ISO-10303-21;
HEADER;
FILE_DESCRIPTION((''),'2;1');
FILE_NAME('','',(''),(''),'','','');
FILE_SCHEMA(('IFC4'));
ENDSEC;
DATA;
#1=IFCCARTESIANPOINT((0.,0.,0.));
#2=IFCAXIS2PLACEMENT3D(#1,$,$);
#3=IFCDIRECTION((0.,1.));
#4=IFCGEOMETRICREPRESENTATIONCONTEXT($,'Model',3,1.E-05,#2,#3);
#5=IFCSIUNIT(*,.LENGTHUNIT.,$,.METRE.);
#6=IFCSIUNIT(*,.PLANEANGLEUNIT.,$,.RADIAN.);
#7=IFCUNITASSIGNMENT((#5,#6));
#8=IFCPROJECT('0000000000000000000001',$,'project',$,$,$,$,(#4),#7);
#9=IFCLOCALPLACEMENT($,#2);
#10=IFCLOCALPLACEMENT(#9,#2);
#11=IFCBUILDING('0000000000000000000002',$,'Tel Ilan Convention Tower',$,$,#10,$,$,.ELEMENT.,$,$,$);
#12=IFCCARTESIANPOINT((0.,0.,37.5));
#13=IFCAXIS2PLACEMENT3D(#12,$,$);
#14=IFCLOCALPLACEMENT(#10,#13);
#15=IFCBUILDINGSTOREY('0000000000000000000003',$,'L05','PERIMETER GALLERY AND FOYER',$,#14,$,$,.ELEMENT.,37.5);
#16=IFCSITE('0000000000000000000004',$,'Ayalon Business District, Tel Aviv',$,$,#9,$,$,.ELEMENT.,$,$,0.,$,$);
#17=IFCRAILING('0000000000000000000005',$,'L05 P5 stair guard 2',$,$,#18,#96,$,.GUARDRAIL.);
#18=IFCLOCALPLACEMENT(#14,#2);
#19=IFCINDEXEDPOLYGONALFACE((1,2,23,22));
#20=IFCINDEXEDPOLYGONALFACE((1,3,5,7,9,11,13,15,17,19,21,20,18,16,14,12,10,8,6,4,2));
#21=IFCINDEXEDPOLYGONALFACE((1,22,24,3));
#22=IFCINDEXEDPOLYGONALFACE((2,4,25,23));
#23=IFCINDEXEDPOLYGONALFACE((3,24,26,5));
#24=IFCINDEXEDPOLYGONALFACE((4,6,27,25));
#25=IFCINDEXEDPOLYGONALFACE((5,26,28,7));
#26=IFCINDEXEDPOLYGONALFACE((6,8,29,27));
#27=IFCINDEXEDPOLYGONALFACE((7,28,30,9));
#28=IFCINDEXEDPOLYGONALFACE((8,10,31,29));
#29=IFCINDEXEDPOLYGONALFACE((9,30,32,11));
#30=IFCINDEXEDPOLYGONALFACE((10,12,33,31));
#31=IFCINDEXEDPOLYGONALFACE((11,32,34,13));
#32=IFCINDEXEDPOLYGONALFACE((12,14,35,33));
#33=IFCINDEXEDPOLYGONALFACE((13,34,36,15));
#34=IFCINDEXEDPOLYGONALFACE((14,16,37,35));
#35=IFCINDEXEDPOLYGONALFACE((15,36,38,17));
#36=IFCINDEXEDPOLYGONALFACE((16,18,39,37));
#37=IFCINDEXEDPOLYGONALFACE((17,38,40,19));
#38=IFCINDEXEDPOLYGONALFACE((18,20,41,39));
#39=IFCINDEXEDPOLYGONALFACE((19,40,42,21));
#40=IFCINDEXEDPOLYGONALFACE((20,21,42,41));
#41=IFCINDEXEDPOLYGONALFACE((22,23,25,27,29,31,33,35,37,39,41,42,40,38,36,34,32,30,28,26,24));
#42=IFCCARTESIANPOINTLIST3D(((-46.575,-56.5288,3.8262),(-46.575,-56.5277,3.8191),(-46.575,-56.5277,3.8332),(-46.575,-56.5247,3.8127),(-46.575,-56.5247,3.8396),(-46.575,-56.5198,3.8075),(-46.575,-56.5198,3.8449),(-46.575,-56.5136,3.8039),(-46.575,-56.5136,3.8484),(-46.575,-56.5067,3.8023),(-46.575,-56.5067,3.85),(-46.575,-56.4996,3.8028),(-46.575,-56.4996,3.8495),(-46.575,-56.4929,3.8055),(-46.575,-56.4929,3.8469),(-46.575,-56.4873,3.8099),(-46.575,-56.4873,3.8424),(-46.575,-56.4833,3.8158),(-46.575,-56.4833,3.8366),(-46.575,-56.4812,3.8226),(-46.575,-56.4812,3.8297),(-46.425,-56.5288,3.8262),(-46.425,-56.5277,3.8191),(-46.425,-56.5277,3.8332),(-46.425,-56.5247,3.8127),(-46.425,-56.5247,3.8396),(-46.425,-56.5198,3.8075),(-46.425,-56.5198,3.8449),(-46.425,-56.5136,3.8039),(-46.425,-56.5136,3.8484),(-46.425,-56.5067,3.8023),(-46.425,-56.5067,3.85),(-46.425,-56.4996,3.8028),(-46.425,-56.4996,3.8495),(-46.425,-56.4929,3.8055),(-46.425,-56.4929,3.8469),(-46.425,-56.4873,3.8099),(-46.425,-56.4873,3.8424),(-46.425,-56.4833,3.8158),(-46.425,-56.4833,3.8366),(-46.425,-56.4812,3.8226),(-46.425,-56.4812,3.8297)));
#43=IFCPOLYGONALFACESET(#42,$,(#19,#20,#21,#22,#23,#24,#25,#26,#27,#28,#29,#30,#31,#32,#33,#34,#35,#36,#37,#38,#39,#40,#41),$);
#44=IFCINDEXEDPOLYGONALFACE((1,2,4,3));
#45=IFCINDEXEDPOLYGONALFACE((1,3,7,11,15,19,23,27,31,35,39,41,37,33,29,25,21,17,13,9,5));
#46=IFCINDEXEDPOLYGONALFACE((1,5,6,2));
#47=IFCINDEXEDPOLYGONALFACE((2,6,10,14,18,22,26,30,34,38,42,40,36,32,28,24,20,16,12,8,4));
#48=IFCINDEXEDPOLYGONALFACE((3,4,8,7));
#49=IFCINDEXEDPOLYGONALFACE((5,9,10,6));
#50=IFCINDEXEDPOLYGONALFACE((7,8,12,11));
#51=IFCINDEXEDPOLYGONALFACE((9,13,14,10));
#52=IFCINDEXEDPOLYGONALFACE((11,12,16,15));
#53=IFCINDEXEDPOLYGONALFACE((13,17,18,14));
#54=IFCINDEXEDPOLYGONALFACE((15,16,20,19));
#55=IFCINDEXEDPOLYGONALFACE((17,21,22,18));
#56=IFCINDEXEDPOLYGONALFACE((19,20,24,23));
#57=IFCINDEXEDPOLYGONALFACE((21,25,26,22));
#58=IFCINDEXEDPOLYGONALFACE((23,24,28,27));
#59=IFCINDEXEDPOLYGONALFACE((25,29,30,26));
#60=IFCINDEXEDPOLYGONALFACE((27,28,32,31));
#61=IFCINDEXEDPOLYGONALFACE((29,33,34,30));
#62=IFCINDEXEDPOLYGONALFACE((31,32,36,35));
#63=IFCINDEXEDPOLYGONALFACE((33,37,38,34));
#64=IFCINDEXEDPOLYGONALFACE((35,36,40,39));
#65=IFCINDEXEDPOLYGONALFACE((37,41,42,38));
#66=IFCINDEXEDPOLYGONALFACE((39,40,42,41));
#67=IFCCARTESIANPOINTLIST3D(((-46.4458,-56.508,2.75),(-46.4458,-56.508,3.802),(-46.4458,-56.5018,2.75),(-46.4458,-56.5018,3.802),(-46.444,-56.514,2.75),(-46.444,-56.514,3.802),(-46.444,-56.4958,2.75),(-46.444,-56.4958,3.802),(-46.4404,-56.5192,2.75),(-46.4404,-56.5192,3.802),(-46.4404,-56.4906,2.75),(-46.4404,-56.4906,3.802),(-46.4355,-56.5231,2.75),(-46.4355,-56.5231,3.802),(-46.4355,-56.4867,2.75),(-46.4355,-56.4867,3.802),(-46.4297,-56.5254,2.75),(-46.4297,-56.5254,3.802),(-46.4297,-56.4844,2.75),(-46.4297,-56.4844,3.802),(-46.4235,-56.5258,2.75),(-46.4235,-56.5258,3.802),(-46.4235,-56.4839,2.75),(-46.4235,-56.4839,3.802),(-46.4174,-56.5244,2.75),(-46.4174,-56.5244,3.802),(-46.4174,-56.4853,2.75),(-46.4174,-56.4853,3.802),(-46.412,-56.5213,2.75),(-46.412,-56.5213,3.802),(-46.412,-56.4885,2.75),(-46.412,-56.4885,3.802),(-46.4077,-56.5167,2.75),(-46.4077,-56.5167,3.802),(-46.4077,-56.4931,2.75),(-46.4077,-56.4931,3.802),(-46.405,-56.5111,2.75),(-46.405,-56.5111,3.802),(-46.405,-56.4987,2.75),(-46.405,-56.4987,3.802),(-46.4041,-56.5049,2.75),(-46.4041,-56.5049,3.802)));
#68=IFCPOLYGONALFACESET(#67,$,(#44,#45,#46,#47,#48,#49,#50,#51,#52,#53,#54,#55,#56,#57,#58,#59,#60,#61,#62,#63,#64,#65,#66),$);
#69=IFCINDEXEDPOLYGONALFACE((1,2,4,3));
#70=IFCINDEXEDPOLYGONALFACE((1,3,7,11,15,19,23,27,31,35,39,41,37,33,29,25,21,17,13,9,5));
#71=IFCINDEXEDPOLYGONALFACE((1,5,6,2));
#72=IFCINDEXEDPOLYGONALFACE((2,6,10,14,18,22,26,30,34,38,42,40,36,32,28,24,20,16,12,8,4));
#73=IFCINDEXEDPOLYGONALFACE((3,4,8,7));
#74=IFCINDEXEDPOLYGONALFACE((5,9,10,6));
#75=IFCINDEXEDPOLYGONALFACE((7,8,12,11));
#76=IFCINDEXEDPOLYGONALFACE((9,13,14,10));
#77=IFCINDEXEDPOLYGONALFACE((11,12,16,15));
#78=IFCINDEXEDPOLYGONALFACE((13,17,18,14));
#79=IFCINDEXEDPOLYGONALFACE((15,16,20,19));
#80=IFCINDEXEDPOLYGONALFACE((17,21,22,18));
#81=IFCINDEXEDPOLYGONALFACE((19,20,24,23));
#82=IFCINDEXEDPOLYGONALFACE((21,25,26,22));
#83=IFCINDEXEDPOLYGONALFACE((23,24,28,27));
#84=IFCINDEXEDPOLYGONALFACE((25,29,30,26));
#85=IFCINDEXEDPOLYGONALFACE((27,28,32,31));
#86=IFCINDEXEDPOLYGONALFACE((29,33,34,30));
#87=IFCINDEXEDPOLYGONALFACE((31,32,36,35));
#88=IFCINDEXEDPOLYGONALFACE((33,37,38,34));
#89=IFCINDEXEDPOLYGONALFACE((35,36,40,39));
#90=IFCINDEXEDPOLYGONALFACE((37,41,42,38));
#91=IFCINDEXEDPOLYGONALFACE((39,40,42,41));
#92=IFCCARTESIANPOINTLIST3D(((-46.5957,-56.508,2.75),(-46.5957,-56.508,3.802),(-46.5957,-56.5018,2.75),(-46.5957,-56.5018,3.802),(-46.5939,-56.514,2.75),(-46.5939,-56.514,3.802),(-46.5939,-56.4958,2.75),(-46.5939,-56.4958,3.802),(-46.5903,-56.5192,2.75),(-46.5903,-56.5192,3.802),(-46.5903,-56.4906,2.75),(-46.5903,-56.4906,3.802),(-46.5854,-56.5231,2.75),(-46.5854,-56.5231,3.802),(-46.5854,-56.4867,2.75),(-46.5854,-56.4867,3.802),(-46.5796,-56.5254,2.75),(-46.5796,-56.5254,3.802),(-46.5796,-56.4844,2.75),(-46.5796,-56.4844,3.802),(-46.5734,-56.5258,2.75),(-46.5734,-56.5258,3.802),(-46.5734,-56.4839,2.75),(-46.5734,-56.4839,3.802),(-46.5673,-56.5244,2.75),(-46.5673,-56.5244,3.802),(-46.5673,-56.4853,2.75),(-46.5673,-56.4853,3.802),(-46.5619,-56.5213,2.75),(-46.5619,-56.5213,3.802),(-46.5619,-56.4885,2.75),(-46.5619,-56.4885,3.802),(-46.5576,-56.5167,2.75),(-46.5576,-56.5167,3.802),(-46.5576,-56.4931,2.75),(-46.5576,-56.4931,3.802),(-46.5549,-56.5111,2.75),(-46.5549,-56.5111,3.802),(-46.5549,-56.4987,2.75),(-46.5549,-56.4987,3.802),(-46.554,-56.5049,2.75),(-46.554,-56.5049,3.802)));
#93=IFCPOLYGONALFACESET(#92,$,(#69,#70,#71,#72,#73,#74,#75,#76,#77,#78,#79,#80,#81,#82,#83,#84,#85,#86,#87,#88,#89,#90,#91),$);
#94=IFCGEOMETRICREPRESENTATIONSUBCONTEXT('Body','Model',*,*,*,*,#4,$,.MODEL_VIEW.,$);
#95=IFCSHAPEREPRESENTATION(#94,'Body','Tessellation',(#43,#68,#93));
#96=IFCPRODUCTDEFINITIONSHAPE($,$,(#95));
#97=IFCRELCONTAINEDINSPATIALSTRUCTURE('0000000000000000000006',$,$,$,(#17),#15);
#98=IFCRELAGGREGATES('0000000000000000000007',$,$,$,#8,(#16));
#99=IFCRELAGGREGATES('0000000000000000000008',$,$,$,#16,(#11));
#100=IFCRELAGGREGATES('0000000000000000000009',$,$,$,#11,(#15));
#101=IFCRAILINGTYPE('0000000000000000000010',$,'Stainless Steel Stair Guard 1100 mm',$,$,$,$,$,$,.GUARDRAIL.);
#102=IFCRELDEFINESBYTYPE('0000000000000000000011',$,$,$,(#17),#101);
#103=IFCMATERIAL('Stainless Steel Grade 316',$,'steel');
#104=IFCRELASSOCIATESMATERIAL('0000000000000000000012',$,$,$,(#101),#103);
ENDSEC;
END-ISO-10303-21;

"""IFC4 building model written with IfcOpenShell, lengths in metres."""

from ifc_helpers import new_model, si_unit, direction, frame, origin, origin_2d, place, context, subcontext, project, spatial, circle, extrude, material, type_object, element, save


model = new_model("IFC4")

# Units and contexts
model_context = context("Model", 3, precision=1e-05, world=origin(), true_north=direction((0.0, 1.0)))
body_context = subcontext(model_context, "Body", "Model", "MODEL_VIEW")
ifc_project = project(units=[si_unit("LENGTHUNIT", "METRE"), si_unit("PLANEANGLEUNIT", "RADIAN")], contexts=[model_context])

# Site, building, storey
site_placement = place(None, origin())
site = spatial("IfcSite", under=ifc_project, at=site_placement, Name="Ayalon Business District, Tel Aviv", CompositionType="ELEMENT", RefElevation=0.0)
building_placement = place(site_placement, origin())
building = spatial("IfcBuilding", under=site, at=building_placement, Name="Tel Ilan Convention Tower", CompositionType="ELEMENT")
storey_placement = place(building_placement, frame((0.0, 0.0, 37.5)))
storey = spatial("IfcBuildingStorey", under=building, at=storey_placement, Name="L05", Description="PERIMETER GALLERY AND FOYER", CompositionType="ELEMENT", Elevation=37.5)

# Railing
ifc_material_1 = material(Name="Stainless Steel Grade 316", Category="steel")
railing_type_1 = type_object("IfcRailingType", Name="Stainless Steel Stair Guard 1100 mm", PredefinedType="GUARDRAIL", material=ifc_material_1)
railing_1_placement = place(storey_placement, frame((-46.425, -56.5049, 2.75)))
element("IfcRailing", 1, at=railing_1_placement, inside=storey, type_object=railing_type_1, Name="L05 P5 stair guard 2", PredefinedType="GUARDRAIL", context=body_context, shape_type="SweptSolid", body=[
    extrude(circle(Radius=0.0239, at=origin_2d()), frame((0.0, 0.0, 1.0762), z_axis=(-1.0, 0.0, 0.0), x_axis=(0.0, -1.0, 0.0)), (0.0, 0.0, 1.0), 0.1499),
    extrude(circle(Radius=0.021, at=origin_2d()), origin(), (0.0, 0.0, 1.0), 1.052),
    extrude(circle(Radius=0.021, at=origin_2d()), frame((-0.1499, 0.0, 0.0)), (0.0, 0.0, 1.0), 1.052),
])

save(model, "model.ifc")
